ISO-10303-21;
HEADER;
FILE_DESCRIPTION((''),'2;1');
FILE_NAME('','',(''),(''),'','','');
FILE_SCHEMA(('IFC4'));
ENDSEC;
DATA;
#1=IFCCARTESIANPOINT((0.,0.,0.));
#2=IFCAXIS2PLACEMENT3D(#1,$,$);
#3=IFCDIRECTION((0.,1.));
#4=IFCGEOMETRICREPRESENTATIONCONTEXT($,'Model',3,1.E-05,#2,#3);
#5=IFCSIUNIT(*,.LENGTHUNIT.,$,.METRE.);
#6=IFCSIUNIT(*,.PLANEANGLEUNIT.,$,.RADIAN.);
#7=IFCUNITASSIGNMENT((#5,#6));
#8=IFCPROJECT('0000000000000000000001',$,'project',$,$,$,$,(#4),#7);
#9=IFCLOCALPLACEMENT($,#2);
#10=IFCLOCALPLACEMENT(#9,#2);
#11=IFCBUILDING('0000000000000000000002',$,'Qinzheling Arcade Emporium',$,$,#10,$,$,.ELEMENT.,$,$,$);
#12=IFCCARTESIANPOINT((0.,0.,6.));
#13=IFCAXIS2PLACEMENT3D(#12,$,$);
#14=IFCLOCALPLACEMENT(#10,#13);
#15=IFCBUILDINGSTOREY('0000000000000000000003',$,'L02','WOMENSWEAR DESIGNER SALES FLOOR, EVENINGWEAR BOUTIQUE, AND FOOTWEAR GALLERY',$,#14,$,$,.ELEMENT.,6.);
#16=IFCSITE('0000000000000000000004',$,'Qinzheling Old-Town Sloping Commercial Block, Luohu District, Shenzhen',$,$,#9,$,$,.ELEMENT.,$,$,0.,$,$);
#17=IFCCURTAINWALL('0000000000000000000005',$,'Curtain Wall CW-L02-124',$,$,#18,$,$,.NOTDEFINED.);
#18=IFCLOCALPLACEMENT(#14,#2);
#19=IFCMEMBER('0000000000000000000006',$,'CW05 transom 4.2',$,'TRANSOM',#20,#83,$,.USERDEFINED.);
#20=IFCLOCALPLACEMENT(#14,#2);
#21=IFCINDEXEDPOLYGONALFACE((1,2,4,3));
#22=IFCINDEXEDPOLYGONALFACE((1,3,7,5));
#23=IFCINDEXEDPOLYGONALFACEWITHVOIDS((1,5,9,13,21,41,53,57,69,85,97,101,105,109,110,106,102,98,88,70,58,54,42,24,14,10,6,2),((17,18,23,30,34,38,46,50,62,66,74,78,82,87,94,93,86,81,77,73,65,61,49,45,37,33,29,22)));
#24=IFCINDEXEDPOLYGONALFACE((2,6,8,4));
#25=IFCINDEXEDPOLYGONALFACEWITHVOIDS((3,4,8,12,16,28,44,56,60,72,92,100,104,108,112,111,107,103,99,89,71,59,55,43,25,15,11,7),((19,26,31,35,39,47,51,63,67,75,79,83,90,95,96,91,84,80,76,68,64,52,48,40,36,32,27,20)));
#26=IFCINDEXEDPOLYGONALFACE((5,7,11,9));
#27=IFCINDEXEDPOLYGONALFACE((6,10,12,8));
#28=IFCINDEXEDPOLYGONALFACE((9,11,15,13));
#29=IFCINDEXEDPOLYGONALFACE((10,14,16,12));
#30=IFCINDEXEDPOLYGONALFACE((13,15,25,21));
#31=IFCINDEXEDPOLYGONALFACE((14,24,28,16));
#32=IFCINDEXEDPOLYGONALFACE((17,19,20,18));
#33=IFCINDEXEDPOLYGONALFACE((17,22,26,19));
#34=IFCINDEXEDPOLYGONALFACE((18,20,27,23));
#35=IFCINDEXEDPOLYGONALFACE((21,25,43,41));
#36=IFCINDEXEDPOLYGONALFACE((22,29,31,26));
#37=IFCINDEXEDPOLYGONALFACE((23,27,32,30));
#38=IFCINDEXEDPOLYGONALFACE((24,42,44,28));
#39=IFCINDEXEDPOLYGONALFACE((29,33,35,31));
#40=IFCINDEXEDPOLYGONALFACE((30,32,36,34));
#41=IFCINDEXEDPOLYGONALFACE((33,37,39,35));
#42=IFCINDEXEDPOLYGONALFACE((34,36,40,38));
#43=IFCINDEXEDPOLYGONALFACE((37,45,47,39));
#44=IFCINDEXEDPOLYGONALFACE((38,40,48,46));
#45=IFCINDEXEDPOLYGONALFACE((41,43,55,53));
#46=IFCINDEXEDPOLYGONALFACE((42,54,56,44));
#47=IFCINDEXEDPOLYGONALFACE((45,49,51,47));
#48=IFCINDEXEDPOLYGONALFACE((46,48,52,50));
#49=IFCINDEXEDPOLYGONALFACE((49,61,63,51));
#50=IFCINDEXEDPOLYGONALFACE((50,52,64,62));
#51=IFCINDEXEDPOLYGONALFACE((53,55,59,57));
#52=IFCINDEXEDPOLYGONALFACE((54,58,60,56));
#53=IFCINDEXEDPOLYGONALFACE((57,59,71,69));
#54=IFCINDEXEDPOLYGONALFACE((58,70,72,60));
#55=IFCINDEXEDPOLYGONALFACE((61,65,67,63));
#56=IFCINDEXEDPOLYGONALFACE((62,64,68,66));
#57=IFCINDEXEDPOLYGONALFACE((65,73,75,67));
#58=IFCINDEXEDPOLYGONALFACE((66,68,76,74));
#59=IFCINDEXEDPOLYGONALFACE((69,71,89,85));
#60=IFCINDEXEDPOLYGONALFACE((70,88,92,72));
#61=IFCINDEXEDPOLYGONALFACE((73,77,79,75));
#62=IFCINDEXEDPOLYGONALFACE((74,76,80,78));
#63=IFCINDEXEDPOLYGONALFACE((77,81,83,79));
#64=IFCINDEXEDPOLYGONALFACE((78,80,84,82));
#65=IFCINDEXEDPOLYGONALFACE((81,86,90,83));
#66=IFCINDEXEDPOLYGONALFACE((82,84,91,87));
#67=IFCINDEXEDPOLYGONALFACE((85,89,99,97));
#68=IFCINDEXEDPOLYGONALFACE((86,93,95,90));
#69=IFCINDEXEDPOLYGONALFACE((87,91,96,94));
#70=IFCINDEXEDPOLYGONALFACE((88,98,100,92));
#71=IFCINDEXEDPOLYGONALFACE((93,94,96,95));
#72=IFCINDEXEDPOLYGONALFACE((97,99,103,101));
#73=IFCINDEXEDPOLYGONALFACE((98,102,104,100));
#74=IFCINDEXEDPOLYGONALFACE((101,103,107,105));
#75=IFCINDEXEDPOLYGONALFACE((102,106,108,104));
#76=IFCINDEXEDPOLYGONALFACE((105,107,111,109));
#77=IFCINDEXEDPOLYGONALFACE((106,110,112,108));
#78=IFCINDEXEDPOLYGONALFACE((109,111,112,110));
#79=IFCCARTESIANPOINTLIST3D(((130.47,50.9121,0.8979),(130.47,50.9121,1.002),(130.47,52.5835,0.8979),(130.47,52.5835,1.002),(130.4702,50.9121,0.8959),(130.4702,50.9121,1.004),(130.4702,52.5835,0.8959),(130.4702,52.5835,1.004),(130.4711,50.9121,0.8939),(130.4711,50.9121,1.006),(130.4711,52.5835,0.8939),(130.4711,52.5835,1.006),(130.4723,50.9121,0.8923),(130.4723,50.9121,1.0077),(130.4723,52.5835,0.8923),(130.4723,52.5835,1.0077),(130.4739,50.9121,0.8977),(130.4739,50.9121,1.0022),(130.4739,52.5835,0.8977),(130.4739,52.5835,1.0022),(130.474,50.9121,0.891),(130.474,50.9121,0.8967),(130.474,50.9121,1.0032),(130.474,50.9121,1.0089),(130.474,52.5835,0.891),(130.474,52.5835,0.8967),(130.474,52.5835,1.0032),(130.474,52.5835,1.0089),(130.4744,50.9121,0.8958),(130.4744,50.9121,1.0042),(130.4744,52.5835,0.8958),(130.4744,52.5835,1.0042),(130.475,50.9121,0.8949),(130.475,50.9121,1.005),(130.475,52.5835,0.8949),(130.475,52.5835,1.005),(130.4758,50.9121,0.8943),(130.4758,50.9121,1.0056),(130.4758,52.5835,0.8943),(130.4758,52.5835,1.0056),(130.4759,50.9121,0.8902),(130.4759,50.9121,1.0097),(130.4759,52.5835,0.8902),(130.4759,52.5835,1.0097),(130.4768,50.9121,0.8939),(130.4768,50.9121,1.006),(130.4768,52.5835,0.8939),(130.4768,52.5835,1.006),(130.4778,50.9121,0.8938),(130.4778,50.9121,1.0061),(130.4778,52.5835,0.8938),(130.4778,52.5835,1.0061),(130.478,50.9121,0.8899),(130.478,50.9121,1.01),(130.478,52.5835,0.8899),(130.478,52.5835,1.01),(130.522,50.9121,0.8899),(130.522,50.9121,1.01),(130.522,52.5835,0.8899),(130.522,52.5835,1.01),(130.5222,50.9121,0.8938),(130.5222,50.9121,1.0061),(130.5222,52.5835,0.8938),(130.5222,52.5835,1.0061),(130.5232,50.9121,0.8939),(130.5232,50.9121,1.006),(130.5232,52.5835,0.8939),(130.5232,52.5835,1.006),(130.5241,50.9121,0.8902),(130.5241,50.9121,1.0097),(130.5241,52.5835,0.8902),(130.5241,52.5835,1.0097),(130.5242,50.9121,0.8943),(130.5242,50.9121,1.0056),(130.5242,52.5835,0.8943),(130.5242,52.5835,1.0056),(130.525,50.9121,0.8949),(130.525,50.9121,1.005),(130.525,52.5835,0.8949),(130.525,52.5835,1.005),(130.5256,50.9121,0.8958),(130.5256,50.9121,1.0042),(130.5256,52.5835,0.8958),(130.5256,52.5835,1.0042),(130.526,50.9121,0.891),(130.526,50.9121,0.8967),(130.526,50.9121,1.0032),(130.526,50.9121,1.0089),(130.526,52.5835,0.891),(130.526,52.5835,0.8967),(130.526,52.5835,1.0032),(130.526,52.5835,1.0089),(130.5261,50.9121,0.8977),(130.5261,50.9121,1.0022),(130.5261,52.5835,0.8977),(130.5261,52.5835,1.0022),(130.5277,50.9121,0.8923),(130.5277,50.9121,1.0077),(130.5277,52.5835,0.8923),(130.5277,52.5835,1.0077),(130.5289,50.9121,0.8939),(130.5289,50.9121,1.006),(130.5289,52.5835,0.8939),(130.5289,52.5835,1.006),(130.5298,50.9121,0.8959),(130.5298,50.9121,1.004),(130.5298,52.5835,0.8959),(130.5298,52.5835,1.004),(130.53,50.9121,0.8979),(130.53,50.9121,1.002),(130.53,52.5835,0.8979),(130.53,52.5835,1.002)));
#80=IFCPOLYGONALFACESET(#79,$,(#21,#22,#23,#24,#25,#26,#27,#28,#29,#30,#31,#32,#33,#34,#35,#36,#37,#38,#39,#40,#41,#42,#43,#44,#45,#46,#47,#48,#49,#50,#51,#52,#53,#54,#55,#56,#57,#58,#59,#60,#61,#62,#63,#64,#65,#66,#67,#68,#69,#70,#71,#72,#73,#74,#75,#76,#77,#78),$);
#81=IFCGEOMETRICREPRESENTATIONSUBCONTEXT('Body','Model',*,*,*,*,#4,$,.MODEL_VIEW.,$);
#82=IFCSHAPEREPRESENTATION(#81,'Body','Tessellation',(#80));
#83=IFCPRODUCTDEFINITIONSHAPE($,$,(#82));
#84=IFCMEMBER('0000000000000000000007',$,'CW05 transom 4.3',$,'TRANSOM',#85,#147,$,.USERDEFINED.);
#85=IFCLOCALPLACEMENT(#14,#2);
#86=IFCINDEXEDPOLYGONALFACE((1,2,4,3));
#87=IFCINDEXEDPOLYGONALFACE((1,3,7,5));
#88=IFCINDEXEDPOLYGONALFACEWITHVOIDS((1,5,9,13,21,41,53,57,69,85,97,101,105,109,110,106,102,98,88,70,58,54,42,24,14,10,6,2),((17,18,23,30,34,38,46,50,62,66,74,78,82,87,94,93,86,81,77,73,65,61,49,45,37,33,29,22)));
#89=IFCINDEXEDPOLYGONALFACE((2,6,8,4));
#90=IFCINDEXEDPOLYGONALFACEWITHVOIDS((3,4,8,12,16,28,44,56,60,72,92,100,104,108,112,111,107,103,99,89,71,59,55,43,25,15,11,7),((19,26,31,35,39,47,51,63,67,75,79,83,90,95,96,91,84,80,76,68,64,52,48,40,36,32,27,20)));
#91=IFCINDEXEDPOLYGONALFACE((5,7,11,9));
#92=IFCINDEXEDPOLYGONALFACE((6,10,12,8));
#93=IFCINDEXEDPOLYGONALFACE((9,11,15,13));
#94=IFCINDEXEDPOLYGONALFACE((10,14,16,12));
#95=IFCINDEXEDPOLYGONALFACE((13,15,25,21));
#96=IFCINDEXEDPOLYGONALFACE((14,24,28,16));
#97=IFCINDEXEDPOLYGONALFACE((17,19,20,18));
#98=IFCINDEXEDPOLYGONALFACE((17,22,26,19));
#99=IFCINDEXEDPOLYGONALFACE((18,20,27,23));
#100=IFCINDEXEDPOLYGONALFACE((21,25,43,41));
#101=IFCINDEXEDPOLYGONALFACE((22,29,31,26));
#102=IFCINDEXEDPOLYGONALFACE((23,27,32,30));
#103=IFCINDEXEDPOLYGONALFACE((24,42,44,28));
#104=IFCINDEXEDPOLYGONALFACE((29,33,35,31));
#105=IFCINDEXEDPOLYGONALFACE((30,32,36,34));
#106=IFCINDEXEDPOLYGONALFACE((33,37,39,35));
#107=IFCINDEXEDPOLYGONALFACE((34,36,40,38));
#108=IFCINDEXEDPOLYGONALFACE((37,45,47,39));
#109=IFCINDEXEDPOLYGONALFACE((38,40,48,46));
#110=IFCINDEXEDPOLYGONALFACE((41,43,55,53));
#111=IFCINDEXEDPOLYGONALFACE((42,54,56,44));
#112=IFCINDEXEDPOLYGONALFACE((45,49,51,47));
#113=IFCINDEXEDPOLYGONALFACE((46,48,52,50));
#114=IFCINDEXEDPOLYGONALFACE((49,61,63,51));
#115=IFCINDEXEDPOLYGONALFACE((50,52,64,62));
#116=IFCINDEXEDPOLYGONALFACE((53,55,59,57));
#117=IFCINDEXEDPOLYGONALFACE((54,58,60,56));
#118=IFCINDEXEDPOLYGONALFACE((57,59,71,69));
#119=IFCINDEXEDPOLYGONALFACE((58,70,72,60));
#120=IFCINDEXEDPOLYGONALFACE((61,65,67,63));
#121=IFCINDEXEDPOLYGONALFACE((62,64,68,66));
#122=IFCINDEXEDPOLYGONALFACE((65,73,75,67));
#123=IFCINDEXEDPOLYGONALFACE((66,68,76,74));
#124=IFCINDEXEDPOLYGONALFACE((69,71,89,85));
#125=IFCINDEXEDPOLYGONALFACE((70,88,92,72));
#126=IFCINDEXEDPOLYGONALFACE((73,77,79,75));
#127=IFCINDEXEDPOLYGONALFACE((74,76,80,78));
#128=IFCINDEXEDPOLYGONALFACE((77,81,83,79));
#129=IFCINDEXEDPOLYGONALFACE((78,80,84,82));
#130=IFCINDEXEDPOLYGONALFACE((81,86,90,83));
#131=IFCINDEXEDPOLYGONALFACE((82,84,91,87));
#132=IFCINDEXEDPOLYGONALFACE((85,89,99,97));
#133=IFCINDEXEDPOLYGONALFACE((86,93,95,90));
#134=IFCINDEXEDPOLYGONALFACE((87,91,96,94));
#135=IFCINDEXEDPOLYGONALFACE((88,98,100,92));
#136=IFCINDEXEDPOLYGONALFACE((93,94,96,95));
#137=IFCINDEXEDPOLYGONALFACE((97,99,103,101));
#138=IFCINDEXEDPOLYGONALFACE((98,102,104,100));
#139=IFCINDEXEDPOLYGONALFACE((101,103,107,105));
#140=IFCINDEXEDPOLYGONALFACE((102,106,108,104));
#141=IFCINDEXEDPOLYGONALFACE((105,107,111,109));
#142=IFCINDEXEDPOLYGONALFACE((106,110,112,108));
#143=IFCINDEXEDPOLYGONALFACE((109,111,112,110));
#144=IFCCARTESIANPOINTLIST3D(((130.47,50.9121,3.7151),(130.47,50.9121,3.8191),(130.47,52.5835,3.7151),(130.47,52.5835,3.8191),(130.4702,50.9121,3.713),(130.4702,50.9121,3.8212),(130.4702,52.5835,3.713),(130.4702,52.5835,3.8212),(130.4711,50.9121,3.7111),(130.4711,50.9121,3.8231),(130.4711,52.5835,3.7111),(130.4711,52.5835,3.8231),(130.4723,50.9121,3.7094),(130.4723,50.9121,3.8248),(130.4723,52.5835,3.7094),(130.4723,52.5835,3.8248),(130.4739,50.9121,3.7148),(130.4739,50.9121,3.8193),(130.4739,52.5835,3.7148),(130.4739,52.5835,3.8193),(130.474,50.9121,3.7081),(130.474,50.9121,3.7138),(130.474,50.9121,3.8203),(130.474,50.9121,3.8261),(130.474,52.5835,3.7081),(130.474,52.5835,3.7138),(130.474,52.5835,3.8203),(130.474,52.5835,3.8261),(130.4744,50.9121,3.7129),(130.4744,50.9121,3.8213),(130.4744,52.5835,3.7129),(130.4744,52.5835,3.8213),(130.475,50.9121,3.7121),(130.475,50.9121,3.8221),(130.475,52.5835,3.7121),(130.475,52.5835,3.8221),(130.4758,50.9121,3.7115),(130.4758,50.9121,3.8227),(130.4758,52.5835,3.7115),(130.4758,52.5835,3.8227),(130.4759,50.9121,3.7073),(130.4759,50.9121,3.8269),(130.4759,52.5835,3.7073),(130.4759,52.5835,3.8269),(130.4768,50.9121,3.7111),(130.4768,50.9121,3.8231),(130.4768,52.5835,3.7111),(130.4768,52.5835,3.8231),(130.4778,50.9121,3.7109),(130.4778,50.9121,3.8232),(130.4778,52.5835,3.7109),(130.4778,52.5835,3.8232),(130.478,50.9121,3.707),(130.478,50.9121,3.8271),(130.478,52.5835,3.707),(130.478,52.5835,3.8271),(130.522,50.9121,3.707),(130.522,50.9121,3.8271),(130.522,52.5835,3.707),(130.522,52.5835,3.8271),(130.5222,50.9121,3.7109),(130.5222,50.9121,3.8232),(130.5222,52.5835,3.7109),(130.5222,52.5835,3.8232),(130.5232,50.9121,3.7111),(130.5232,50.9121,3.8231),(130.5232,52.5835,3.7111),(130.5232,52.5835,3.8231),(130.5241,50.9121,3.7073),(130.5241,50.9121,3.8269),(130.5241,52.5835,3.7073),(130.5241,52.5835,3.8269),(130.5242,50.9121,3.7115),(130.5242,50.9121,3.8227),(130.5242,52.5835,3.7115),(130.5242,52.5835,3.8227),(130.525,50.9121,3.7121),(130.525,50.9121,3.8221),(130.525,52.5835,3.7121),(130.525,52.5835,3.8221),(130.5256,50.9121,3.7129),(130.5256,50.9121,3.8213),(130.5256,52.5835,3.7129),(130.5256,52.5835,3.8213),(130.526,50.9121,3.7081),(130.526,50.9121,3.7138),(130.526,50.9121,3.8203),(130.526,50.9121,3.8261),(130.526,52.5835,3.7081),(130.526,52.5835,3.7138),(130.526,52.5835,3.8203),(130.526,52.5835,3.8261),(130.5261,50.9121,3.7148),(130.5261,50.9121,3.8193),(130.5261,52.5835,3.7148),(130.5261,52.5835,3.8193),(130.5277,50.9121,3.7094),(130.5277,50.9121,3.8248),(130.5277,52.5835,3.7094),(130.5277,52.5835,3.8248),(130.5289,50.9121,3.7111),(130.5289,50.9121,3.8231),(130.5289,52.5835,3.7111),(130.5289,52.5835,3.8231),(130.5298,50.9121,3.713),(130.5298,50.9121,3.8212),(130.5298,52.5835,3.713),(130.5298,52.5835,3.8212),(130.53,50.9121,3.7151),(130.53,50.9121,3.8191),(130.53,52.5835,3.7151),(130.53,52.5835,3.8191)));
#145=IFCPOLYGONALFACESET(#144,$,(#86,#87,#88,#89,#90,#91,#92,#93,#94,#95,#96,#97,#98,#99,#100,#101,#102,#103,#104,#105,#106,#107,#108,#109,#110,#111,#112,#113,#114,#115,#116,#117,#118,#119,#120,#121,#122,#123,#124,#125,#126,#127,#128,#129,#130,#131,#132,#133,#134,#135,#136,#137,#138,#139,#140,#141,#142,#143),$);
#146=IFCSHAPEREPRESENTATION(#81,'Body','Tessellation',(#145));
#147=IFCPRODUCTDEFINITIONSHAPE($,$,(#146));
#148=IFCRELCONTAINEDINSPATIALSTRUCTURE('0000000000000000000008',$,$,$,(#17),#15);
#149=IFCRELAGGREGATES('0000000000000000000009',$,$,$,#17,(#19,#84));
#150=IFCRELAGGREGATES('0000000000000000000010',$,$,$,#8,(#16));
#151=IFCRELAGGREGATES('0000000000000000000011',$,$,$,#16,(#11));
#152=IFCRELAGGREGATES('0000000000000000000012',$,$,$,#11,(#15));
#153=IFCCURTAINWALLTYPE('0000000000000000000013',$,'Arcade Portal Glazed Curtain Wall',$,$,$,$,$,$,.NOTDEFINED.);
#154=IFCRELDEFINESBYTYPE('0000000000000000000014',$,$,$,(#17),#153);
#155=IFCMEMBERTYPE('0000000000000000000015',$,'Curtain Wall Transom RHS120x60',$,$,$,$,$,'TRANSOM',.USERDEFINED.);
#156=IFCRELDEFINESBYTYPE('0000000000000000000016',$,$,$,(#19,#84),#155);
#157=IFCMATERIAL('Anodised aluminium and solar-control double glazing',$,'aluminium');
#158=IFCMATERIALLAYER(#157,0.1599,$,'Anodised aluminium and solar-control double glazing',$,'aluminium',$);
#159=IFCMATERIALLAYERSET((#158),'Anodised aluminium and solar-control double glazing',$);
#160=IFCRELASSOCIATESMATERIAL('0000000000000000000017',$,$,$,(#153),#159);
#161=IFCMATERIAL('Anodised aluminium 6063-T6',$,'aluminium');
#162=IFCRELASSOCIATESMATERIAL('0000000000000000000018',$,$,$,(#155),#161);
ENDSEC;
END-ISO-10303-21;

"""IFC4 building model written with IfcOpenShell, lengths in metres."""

from ifc_helpers import new_model, si_unit, direction, frame, origin, origin_2d, place, context, subcontext, project, spatial, hollow_rectangle, extrude, material, layer, layer_set, material_profile, profile_set, type_object, element, aggregate, save


model = new_model("IFC4")

# Units and contexts
model_context = context("Model", 3, precision=1e-05, world=origin(), true_north=direction((0.0, 1.0)))
body_context = subcontext(model_context, "Body", "Model", "MODEL_VIEW")
ifc_project = project(units=[si_unit("LENGTHUNIT", "METRE"), si_unit("PLANEANGLEUNIT", "RADIAN")], contexts=[model_context])

# Site, building, storey
site_placement = place(None, origin())
site = spatial("IfcSite", under=ifc_project, at=site_placement, Name="Qinzheling Old-Town Sloping Commercial Block, Luohu District, Shenzhen", CompositionType="ELEMENT", RefElevation=0.0)
building_placement = place(site_placement, origin())
building = spatial("IfcBuilding", under=site, at=building_placement, Name="Qinzheling Arcade Emporium", CompositionType="ELEMENT")
storey_placement = place(building_placement, frame((0.0, 0.0, 6.0)))
storey = spatial("IfcBuildingStorey", under=building, at=storey_placement, Name="L02", Description="WOMENSWEAR DESIGNER SALES FLOOR, EVENINGWEAR BOUTIQUE, AND FOOTWEAR GALLERY", CompositionType="ELEMENT", Elevation=6.0)

# Curtain wall
ifc_material_1 = material(Name="Anodised aluminium and solar-control double glazing", Category="aluminium")
ifc_layer_1 = layer(ifc_material_1, 0.1599, Name="Anodised aluminium and solar-control double glazing", Category="aluminium")
ifc_layer_set_1 = layer_set([ifc_layer_1], Name="Anodised aluminium and solar-control double glazing")
curtain_wall_type = type_object("IfcCurtainWallType", Name="Arcade Portal Glazed Curtain Wall", PredefinedType="NOTDEFINED", material=ifc_layer_set_1)
curtain_wall_1_placement = place(storey_placement, origin())
curtain_wall_1 = element("IfcCurtainWall", 1, at=curtain_wall_1_placement, inside=storey, type_object=curtain_wall_type, Name="Curtain Wall CW-L02-124", PredefinedType="NOTDEFINED")
ifc_material_2 = material(Name="Anodised aluminium 6063-T6", Category="aluminium")

# Members
ifc_material_profile_1 = material_profile(ifc_material_2, hollow_rectangle(XDim=0.0601, YDim=0.1201, WallThickness=0.0039, InnerFilletRadius=0.0039, OuterFilletRadius=0.0081, at=origin_2d()), Name="RHS 120x60x4", Category="aluminium")
ifc_profile_set_1 = profile_set([ifc_material_profile_1], Name="Anodised aluminium 6063-T6")
member_type_1 = type_object("IfcMemberType", Name="Curtain Wall Transom RHS120x60", ElementType="TRANSOM", PredefinedType="USERDEFINED", material=ifc_profile_set_1)
member_1_placement = place(storey_placement, frame((130.5, 52.5835, 0.95), z_axis=(0.0, -1.0, 0.0), x_axis=(1.0, 0.0, 0.0)))
member_1 = element("IfcMember", 2, at=member_1_placement, type_object=member_type_1, Name="CW05 transom 4.2", ObjectType="TRANSOM", PredefinedType="USERDEFINED", context=body_context, shape_type="SweptSolid", body=[
    extrude(hollow_rectangle(XDim=0.0601, YDim=0.1201, WallThickness=0.0039, InnerFilletRadius=0.0039, OuterFilletRadius=0.0081, at=origin_2d()), origin(), (0.0, 0.0, 1.0), 1.6714),
])
member_2_placement = place(storey_placement, frame((130.5, 52.5835, 3.7671), z_axis=(0.0, -1.0, 0.0), x_axis=(1.0, 0.0, 0.0)))
member_2 = element("IfcMember", 3, at=member_2_placement, type_object=member_type_1, Name="CW05 transom 4.3", ObjectType="TRANSOM", PredefinedType="USERDEFINED", context=body_context, shape_type="SweptSolid", body=[
    extrude(hollow_rectangle(XDim=0.0601, YDim=0.1201, WallThickness=0.0039, InnerFilletRadius=0.0039, OuterFilletRadius=0.0081, at=origin_2d()), origin(), (0.0, 0.0, 1.0), 1.6714),
])

aggregate(curtain_wall_1, [member_1, member_2])

save(model, "model.ifc")
